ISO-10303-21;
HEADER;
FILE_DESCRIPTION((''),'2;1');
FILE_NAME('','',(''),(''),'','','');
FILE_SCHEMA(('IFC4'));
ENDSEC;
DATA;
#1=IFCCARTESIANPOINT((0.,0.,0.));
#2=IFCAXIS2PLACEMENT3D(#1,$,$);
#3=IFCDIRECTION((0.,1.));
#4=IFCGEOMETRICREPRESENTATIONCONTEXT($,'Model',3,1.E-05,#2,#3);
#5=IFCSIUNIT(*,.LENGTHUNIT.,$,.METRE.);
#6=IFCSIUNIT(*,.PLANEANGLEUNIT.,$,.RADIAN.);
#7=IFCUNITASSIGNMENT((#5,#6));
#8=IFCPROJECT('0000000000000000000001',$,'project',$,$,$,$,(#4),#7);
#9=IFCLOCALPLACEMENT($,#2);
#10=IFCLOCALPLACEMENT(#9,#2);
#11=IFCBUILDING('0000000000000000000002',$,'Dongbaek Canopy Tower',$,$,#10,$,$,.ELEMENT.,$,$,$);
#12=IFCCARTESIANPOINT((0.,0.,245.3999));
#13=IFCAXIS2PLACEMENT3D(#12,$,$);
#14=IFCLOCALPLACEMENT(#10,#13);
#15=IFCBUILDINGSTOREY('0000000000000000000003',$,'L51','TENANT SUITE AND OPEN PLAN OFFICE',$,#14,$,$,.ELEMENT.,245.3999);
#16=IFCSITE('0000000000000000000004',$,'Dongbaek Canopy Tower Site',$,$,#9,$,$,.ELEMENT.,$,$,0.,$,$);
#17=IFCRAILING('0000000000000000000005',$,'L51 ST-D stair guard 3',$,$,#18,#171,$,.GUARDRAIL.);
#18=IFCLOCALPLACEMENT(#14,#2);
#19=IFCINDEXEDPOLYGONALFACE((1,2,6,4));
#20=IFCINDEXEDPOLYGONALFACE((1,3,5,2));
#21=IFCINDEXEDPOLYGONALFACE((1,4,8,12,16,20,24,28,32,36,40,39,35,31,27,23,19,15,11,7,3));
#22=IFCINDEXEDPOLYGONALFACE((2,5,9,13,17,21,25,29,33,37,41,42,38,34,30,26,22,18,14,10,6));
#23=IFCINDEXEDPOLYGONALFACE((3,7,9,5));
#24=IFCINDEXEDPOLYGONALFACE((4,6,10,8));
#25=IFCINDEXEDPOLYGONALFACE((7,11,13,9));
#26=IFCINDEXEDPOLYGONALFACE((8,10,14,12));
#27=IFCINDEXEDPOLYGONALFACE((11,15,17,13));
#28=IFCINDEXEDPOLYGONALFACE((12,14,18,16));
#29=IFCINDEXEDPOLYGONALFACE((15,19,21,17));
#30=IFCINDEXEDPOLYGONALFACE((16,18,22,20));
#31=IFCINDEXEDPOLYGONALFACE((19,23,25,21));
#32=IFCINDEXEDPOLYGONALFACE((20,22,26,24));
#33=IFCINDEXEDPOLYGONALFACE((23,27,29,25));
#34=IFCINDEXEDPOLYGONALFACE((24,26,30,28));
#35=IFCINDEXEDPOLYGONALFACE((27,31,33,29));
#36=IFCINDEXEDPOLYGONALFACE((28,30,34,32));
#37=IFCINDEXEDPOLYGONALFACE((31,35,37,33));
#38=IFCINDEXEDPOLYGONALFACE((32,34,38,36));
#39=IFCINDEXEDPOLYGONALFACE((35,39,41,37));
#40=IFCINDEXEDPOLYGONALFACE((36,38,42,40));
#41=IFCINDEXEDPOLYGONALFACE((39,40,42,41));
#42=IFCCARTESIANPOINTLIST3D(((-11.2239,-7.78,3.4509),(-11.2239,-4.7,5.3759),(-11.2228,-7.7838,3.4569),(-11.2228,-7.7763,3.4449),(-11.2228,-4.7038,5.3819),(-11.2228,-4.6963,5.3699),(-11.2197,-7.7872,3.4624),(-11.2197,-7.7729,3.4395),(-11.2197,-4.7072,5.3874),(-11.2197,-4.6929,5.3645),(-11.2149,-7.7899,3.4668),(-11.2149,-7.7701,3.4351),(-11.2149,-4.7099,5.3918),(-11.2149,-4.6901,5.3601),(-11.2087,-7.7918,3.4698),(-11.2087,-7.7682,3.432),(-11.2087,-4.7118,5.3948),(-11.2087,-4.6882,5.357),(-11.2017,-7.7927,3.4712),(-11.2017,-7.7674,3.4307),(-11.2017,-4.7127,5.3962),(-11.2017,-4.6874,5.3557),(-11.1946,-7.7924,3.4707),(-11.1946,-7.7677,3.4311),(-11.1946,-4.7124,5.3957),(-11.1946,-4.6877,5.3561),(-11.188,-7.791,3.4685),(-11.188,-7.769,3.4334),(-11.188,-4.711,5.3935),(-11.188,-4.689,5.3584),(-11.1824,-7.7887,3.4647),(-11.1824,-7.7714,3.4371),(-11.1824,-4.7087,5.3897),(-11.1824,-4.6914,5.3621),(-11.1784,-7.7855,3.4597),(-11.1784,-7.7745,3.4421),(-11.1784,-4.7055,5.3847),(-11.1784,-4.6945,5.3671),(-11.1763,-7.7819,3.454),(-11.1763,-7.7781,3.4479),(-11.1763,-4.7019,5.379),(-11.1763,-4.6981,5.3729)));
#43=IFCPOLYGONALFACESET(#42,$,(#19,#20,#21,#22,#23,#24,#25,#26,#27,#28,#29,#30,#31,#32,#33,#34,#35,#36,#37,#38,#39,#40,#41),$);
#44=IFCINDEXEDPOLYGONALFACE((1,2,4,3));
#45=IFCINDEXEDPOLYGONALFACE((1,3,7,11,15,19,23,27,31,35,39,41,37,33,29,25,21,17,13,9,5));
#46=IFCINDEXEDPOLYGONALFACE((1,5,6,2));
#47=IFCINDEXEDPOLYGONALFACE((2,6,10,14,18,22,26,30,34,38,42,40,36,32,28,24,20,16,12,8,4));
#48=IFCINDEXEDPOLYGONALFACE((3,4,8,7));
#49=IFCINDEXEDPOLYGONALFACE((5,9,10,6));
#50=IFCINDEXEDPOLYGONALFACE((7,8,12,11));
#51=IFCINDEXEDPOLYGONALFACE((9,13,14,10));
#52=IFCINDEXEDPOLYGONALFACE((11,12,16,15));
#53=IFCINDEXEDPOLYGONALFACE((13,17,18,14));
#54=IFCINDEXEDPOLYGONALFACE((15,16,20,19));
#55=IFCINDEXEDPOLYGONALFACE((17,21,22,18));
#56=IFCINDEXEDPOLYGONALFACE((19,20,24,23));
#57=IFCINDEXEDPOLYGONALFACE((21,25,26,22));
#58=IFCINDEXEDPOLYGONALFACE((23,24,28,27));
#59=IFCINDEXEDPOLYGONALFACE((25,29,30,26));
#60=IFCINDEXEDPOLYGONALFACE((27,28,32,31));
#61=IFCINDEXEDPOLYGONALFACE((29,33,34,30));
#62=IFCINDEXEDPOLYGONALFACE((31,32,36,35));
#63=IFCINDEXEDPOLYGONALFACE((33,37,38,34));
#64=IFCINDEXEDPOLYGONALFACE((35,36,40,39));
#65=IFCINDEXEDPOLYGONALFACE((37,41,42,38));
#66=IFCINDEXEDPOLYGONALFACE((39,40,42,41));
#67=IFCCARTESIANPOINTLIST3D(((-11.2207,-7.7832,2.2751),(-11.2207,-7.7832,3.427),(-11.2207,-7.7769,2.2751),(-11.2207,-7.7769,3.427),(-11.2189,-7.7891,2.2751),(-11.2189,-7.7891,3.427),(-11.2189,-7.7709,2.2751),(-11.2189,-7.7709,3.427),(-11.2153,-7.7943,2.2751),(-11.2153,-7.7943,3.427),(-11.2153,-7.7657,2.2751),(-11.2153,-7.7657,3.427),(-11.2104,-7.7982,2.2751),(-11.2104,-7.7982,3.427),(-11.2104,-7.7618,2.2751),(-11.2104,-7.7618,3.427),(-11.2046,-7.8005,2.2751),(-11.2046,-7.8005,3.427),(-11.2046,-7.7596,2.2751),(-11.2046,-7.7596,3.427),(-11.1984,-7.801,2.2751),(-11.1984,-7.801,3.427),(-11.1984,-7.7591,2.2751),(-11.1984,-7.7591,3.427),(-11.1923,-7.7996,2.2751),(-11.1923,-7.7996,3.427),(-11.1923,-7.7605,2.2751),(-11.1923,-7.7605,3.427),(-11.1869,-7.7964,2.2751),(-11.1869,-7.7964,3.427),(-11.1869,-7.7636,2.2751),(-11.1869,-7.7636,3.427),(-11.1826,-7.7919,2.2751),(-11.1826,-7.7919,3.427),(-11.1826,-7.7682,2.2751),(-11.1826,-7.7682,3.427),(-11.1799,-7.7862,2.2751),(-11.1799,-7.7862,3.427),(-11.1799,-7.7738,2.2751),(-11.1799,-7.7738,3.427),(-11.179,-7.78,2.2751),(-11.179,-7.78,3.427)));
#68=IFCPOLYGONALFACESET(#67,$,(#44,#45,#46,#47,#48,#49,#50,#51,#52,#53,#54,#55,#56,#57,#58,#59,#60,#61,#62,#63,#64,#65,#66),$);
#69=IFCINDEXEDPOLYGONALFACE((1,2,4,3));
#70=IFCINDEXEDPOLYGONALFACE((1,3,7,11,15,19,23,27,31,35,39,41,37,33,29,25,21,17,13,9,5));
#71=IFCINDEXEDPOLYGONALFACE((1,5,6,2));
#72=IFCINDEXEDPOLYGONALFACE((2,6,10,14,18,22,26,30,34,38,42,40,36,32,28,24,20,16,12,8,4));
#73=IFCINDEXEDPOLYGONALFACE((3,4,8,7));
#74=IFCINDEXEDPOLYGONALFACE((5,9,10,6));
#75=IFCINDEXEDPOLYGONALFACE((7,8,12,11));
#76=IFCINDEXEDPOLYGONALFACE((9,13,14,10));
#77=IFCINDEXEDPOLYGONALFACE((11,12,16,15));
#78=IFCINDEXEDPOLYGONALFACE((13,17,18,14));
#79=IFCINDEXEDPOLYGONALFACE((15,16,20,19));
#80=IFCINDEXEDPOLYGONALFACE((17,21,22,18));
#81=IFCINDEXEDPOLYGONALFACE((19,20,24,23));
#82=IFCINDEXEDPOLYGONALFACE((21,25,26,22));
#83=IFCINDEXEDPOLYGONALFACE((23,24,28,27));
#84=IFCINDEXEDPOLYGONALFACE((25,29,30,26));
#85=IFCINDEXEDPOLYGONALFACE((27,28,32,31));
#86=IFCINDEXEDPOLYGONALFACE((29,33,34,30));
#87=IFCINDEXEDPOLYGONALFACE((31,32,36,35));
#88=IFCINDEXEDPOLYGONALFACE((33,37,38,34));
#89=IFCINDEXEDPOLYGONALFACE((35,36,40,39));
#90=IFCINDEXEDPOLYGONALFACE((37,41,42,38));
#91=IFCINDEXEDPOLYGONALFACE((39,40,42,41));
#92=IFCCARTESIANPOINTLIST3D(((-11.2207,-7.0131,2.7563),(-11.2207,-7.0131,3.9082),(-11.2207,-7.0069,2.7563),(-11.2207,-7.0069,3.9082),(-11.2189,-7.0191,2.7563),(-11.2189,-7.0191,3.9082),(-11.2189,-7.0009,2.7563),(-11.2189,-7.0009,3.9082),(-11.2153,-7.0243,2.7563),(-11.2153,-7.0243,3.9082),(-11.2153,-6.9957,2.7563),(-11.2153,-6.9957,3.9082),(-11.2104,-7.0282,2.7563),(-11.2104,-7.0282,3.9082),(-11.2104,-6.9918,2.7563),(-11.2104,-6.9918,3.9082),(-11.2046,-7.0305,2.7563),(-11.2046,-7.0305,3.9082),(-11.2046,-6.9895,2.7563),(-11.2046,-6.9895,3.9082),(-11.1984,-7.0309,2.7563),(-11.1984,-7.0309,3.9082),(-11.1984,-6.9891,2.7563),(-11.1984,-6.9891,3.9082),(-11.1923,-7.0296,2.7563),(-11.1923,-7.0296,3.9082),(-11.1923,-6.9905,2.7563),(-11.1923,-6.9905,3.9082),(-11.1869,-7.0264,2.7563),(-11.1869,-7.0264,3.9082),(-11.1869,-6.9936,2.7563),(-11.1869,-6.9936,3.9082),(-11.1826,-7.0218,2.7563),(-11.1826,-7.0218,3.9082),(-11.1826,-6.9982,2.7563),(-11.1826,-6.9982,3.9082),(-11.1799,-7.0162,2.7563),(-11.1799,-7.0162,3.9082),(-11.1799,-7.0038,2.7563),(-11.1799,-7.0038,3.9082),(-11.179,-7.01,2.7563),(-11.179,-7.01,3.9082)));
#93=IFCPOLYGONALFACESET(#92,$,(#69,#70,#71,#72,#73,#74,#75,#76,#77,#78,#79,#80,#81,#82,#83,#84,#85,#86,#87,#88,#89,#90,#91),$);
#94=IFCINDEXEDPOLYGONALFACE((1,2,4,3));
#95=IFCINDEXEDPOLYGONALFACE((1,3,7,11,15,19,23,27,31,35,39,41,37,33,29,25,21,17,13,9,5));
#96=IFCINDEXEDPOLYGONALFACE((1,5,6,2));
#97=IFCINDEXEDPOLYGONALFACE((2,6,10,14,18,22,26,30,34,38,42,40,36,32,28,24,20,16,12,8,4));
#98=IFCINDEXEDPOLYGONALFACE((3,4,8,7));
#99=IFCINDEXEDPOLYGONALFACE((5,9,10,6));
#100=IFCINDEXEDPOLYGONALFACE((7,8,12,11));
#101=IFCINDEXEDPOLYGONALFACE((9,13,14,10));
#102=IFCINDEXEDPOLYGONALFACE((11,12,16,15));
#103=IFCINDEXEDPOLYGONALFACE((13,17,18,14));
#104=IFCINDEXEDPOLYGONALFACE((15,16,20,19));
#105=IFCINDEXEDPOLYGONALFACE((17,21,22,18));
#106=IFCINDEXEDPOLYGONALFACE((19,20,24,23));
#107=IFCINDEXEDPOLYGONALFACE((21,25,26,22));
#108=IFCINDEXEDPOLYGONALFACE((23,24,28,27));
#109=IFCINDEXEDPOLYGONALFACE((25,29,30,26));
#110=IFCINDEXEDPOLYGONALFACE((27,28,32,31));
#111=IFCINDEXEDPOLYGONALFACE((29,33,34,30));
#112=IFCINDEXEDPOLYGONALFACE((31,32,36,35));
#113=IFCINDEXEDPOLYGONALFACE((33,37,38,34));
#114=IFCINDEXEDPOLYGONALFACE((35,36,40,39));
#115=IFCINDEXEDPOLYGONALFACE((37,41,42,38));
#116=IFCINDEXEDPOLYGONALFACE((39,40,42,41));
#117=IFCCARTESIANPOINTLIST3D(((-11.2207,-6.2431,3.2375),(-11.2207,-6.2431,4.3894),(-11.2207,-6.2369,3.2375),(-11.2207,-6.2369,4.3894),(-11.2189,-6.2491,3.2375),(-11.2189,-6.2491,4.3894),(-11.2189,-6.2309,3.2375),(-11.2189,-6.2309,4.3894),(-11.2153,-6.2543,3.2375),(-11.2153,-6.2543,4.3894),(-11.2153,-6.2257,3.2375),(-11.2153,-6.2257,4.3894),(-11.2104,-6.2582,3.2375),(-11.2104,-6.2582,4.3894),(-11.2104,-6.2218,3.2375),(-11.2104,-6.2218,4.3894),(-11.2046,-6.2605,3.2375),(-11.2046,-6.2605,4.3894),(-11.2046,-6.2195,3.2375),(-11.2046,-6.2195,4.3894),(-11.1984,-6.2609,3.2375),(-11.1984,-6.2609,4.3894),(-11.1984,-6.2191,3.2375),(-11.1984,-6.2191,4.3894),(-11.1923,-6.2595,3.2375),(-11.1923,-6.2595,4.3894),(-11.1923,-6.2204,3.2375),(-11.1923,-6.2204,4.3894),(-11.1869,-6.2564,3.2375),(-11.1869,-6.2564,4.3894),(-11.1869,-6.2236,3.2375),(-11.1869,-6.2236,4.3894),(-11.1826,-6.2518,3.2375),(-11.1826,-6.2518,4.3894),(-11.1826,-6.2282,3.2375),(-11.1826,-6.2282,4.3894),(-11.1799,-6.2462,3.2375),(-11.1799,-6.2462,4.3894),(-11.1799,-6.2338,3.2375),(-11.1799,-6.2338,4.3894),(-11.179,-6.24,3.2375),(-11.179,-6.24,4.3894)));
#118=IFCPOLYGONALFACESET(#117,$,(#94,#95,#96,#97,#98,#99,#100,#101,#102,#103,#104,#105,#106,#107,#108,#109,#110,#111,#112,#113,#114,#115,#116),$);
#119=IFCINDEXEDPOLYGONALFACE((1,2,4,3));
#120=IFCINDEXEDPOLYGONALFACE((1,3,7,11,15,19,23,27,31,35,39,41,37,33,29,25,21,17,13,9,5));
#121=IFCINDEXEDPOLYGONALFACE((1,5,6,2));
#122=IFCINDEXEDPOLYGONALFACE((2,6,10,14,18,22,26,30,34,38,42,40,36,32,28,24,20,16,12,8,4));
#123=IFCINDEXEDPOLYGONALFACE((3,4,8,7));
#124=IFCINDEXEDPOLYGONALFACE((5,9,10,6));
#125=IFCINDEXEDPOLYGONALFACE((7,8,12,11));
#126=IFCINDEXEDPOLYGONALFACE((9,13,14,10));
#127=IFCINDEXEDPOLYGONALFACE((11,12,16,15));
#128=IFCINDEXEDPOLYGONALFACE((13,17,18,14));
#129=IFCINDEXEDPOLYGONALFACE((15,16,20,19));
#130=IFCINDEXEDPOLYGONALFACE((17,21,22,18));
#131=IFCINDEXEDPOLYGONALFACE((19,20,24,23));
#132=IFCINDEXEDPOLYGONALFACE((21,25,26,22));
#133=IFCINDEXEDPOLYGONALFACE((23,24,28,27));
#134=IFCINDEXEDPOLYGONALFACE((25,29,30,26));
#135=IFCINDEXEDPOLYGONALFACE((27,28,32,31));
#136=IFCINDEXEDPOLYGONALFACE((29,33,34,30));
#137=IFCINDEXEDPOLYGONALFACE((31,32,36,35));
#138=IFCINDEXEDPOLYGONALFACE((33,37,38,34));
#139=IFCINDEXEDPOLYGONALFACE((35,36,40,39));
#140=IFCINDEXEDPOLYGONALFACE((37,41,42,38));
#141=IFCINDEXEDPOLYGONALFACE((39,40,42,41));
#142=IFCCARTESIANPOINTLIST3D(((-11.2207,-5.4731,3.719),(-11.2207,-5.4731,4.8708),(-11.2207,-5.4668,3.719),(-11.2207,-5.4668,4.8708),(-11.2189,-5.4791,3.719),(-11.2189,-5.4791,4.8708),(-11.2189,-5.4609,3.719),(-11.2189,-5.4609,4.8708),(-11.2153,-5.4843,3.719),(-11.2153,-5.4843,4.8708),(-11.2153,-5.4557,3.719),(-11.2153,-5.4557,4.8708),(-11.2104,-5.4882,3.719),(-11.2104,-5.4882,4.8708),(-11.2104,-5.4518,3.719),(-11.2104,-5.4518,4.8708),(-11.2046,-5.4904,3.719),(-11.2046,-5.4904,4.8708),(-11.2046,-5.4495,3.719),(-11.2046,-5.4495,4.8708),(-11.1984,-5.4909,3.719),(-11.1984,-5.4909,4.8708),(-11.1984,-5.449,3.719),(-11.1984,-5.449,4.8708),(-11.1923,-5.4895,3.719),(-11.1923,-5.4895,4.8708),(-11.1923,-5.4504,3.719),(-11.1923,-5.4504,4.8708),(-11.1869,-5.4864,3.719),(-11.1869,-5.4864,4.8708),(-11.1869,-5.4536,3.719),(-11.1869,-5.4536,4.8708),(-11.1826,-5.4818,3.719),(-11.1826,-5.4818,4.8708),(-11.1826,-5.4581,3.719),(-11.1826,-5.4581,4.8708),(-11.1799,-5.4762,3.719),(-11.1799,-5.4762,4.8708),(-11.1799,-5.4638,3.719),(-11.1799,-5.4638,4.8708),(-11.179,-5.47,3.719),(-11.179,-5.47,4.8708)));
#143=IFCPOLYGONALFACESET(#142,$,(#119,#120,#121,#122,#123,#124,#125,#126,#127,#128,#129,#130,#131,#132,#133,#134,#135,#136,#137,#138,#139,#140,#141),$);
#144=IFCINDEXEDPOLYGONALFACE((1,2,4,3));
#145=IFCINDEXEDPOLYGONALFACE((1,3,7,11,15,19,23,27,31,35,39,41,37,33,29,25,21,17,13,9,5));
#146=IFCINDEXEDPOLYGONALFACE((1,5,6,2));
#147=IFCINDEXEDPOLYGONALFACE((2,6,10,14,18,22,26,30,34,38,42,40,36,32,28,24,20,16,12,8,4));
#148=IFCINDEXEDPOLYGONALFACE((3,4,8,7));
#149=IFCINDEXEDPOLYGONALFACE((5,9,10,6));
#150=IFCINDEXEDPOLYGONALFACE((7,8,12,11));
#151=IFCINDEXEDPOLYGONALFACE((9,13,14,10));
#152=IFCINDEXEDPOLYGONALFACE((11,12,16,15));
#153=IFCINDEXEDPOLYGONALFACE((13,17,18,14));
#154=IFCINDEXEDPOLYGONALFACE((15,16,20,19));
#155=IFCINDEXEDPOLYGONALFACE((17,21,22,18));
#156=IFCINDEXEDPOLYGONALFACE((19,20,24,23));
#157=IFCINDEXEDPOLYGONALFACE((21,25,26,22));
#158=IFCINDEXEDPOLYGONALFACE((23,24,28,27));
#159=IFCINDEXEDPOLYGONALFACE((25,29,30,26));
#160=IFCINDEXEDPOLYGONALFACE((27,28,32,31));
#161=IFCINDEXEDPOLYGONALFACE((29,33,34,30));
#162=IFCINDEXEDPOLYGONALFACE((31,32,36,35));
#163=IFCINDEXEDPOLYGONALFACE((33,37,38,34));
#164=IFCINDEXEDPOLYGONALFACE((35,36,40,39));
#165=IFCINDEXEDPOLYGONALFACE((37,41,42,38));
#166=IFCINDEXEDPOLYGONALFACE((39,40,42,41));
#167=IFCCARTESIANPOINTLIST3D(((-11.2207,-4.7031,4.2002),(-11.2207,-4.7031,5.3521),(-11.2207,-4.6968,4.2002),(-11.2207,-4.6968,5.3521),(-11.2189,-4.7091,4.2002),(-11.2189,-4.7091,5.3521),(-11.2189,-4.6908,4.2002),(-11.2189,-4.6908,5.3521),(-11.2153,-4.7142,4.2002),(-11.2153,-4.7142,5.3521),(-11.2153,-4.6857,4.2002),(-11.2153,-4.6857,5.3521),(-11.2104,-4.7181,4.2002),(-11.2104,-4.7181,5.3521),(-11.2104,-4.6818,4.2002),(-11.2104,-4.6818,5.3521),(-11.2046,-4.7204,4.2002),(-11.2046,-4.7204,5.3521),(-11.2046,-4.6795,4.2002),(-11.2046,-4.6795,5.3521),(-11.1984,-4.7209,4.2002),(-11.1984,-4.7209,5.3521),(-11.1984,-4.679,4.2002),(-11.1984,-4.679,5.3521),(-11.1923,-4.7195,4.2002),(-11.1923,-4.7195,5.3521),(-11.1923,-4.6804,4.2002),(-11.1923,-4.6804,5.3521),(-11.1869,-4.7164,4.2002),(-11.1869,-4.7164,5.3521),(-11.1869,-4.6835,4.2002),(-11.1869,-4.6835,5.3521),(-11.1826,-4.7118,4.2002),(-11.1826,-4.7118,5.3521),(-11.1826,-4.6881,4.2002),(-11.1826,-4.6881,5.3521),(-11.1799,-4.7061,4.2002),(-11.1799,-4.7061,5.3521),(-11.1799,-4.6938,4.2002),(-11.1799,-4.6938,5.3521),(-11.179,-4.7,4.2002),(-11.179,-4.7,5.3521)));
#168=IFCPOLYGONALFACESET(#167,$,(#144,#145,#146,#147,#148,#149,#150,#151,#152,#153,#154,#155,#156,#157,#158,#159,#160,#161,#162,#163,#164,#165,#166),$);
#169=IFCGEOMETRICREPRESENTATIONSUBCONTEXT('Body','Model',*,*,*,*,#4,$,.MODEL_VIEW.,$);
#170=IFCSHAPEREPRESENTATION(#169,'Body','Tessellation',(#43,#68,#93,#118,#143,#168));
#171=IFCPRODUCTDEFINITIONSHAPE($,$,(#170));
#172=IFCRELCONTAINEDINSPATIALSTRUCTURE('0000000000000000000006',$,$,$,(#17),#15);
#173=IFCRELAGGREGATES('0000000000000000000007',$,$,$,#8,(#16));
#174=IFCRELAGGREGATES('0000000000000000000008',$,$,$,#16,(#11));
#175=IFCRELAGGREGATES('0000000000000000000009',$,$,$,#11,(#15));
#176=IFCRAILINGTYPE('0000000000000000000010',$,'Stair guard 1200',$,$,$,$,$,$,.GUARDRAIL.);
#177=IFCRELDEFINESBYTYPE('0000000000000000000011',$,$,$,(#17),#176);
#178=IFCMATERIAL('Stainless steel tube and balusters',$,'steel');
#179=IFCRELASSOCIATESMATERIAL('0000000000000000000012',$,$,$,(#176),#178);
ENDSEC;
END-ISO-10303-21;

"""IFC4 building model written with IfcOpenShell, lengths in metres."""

from ifc_helpers import new_model, si_unit, direction, frame, origin, origin_2d, place, context, subcontext, project, spatial, circle, extrude, material, type_object, element, save


model = new_model("IFC4")

# Units and contexts
model_context = context("Model", 3, precision=1e-05, world=origin(), true_north=direction((0.0, 1.0)))
body_context = subcontext(model_context, "Body", "Model", "MODEL_VIEW")
ifc_project = project(units=[si_unit("LENGTHUNIT", "METRE"), si_unit("PLANEANGLEUNIT", "RADIAN")], contexts=[model_context])

# Site, building, storey
site_placement = place(None, origin())
site = spatial("IfcSite", under=ifc_project, at=site_placement, Name="Dongbaek Canopy Tower Site", CompositionType="ELEMENT", RefElevation=0.0)
building_placement = place(site_placement, origin())
building = spatial("IfcBuilding", under=site, at=building_placement, Name="Dongbaek Canopy Tower", CompositionType="ELEMENT")
storey_placement = place(building_placement, frame((0.0, 0.0, 245.3999)))
storey = spatial("IfcBuildingStorey", under=building, at=storey_placement, Name="L51", Description="TENANT SUITE AND OPEN PLAN OFFICE", CompositionType="ELEMENT", Elevation=245.3999)

# Railing
ifc_material_1 = material(Name="Stainless steel tube and balusters", Category="steel")
railing_type_1 = type_object("IfcRailingType", Name="Stair guard 1200", PredefinedType="GUARDRAIL", material=ifc_material_1)
railing_1_placement = place(storey_placement, frame((-11.2, -7.78, 2.2751)))
element("IfcRailing", 1, at=railing_1_placement, inside=storey, type_object=railing_type_1, Name="L51 ST-D stair guard 3", PredefinedType="GUARDRAIL", context=body_context, shape_type="SweptSolid", body=[
    extrude(circle(Radius=0.0239, at=origin_2d()), frame((0.0, 0.0, 1.1758), z_axis=(0.0, 0.847998, 0.529999), x_axis=(-1.0, 0.0, 0.0)), (0.0, 0.0, 1.0), 3.6321),
    extrude(circle(Radius=0.021, at=origin_2d()), origin(), (0.0, 0.0, 1.0), 1.1519),
    extrude(circle(Radius=0.021, at=origin_2d()), frame((0.0, 0.77, 0.4812)), (0.0, 0.0, 1.0), 1.1519),
    extrude(circle(Radius=0.021, at=origin_2d()), frame((0.0, 1.54, 0.9624)), (0.0, 0.0, 1.0), 1.1519),
    extrude(circle(Radius=0.021, at=origin_2d()), frame((0.0, 2.3101, 1.4438)), (0.0, 0.0, 1.0), 1.1519),
    extrude(circle(Radius=0.021, at=origin_2d()), frame((0.0, 3.0801, 1.925)), (0.0, 0.0, 1.0), 1.1519),
])

save(model, "model.ifc")
